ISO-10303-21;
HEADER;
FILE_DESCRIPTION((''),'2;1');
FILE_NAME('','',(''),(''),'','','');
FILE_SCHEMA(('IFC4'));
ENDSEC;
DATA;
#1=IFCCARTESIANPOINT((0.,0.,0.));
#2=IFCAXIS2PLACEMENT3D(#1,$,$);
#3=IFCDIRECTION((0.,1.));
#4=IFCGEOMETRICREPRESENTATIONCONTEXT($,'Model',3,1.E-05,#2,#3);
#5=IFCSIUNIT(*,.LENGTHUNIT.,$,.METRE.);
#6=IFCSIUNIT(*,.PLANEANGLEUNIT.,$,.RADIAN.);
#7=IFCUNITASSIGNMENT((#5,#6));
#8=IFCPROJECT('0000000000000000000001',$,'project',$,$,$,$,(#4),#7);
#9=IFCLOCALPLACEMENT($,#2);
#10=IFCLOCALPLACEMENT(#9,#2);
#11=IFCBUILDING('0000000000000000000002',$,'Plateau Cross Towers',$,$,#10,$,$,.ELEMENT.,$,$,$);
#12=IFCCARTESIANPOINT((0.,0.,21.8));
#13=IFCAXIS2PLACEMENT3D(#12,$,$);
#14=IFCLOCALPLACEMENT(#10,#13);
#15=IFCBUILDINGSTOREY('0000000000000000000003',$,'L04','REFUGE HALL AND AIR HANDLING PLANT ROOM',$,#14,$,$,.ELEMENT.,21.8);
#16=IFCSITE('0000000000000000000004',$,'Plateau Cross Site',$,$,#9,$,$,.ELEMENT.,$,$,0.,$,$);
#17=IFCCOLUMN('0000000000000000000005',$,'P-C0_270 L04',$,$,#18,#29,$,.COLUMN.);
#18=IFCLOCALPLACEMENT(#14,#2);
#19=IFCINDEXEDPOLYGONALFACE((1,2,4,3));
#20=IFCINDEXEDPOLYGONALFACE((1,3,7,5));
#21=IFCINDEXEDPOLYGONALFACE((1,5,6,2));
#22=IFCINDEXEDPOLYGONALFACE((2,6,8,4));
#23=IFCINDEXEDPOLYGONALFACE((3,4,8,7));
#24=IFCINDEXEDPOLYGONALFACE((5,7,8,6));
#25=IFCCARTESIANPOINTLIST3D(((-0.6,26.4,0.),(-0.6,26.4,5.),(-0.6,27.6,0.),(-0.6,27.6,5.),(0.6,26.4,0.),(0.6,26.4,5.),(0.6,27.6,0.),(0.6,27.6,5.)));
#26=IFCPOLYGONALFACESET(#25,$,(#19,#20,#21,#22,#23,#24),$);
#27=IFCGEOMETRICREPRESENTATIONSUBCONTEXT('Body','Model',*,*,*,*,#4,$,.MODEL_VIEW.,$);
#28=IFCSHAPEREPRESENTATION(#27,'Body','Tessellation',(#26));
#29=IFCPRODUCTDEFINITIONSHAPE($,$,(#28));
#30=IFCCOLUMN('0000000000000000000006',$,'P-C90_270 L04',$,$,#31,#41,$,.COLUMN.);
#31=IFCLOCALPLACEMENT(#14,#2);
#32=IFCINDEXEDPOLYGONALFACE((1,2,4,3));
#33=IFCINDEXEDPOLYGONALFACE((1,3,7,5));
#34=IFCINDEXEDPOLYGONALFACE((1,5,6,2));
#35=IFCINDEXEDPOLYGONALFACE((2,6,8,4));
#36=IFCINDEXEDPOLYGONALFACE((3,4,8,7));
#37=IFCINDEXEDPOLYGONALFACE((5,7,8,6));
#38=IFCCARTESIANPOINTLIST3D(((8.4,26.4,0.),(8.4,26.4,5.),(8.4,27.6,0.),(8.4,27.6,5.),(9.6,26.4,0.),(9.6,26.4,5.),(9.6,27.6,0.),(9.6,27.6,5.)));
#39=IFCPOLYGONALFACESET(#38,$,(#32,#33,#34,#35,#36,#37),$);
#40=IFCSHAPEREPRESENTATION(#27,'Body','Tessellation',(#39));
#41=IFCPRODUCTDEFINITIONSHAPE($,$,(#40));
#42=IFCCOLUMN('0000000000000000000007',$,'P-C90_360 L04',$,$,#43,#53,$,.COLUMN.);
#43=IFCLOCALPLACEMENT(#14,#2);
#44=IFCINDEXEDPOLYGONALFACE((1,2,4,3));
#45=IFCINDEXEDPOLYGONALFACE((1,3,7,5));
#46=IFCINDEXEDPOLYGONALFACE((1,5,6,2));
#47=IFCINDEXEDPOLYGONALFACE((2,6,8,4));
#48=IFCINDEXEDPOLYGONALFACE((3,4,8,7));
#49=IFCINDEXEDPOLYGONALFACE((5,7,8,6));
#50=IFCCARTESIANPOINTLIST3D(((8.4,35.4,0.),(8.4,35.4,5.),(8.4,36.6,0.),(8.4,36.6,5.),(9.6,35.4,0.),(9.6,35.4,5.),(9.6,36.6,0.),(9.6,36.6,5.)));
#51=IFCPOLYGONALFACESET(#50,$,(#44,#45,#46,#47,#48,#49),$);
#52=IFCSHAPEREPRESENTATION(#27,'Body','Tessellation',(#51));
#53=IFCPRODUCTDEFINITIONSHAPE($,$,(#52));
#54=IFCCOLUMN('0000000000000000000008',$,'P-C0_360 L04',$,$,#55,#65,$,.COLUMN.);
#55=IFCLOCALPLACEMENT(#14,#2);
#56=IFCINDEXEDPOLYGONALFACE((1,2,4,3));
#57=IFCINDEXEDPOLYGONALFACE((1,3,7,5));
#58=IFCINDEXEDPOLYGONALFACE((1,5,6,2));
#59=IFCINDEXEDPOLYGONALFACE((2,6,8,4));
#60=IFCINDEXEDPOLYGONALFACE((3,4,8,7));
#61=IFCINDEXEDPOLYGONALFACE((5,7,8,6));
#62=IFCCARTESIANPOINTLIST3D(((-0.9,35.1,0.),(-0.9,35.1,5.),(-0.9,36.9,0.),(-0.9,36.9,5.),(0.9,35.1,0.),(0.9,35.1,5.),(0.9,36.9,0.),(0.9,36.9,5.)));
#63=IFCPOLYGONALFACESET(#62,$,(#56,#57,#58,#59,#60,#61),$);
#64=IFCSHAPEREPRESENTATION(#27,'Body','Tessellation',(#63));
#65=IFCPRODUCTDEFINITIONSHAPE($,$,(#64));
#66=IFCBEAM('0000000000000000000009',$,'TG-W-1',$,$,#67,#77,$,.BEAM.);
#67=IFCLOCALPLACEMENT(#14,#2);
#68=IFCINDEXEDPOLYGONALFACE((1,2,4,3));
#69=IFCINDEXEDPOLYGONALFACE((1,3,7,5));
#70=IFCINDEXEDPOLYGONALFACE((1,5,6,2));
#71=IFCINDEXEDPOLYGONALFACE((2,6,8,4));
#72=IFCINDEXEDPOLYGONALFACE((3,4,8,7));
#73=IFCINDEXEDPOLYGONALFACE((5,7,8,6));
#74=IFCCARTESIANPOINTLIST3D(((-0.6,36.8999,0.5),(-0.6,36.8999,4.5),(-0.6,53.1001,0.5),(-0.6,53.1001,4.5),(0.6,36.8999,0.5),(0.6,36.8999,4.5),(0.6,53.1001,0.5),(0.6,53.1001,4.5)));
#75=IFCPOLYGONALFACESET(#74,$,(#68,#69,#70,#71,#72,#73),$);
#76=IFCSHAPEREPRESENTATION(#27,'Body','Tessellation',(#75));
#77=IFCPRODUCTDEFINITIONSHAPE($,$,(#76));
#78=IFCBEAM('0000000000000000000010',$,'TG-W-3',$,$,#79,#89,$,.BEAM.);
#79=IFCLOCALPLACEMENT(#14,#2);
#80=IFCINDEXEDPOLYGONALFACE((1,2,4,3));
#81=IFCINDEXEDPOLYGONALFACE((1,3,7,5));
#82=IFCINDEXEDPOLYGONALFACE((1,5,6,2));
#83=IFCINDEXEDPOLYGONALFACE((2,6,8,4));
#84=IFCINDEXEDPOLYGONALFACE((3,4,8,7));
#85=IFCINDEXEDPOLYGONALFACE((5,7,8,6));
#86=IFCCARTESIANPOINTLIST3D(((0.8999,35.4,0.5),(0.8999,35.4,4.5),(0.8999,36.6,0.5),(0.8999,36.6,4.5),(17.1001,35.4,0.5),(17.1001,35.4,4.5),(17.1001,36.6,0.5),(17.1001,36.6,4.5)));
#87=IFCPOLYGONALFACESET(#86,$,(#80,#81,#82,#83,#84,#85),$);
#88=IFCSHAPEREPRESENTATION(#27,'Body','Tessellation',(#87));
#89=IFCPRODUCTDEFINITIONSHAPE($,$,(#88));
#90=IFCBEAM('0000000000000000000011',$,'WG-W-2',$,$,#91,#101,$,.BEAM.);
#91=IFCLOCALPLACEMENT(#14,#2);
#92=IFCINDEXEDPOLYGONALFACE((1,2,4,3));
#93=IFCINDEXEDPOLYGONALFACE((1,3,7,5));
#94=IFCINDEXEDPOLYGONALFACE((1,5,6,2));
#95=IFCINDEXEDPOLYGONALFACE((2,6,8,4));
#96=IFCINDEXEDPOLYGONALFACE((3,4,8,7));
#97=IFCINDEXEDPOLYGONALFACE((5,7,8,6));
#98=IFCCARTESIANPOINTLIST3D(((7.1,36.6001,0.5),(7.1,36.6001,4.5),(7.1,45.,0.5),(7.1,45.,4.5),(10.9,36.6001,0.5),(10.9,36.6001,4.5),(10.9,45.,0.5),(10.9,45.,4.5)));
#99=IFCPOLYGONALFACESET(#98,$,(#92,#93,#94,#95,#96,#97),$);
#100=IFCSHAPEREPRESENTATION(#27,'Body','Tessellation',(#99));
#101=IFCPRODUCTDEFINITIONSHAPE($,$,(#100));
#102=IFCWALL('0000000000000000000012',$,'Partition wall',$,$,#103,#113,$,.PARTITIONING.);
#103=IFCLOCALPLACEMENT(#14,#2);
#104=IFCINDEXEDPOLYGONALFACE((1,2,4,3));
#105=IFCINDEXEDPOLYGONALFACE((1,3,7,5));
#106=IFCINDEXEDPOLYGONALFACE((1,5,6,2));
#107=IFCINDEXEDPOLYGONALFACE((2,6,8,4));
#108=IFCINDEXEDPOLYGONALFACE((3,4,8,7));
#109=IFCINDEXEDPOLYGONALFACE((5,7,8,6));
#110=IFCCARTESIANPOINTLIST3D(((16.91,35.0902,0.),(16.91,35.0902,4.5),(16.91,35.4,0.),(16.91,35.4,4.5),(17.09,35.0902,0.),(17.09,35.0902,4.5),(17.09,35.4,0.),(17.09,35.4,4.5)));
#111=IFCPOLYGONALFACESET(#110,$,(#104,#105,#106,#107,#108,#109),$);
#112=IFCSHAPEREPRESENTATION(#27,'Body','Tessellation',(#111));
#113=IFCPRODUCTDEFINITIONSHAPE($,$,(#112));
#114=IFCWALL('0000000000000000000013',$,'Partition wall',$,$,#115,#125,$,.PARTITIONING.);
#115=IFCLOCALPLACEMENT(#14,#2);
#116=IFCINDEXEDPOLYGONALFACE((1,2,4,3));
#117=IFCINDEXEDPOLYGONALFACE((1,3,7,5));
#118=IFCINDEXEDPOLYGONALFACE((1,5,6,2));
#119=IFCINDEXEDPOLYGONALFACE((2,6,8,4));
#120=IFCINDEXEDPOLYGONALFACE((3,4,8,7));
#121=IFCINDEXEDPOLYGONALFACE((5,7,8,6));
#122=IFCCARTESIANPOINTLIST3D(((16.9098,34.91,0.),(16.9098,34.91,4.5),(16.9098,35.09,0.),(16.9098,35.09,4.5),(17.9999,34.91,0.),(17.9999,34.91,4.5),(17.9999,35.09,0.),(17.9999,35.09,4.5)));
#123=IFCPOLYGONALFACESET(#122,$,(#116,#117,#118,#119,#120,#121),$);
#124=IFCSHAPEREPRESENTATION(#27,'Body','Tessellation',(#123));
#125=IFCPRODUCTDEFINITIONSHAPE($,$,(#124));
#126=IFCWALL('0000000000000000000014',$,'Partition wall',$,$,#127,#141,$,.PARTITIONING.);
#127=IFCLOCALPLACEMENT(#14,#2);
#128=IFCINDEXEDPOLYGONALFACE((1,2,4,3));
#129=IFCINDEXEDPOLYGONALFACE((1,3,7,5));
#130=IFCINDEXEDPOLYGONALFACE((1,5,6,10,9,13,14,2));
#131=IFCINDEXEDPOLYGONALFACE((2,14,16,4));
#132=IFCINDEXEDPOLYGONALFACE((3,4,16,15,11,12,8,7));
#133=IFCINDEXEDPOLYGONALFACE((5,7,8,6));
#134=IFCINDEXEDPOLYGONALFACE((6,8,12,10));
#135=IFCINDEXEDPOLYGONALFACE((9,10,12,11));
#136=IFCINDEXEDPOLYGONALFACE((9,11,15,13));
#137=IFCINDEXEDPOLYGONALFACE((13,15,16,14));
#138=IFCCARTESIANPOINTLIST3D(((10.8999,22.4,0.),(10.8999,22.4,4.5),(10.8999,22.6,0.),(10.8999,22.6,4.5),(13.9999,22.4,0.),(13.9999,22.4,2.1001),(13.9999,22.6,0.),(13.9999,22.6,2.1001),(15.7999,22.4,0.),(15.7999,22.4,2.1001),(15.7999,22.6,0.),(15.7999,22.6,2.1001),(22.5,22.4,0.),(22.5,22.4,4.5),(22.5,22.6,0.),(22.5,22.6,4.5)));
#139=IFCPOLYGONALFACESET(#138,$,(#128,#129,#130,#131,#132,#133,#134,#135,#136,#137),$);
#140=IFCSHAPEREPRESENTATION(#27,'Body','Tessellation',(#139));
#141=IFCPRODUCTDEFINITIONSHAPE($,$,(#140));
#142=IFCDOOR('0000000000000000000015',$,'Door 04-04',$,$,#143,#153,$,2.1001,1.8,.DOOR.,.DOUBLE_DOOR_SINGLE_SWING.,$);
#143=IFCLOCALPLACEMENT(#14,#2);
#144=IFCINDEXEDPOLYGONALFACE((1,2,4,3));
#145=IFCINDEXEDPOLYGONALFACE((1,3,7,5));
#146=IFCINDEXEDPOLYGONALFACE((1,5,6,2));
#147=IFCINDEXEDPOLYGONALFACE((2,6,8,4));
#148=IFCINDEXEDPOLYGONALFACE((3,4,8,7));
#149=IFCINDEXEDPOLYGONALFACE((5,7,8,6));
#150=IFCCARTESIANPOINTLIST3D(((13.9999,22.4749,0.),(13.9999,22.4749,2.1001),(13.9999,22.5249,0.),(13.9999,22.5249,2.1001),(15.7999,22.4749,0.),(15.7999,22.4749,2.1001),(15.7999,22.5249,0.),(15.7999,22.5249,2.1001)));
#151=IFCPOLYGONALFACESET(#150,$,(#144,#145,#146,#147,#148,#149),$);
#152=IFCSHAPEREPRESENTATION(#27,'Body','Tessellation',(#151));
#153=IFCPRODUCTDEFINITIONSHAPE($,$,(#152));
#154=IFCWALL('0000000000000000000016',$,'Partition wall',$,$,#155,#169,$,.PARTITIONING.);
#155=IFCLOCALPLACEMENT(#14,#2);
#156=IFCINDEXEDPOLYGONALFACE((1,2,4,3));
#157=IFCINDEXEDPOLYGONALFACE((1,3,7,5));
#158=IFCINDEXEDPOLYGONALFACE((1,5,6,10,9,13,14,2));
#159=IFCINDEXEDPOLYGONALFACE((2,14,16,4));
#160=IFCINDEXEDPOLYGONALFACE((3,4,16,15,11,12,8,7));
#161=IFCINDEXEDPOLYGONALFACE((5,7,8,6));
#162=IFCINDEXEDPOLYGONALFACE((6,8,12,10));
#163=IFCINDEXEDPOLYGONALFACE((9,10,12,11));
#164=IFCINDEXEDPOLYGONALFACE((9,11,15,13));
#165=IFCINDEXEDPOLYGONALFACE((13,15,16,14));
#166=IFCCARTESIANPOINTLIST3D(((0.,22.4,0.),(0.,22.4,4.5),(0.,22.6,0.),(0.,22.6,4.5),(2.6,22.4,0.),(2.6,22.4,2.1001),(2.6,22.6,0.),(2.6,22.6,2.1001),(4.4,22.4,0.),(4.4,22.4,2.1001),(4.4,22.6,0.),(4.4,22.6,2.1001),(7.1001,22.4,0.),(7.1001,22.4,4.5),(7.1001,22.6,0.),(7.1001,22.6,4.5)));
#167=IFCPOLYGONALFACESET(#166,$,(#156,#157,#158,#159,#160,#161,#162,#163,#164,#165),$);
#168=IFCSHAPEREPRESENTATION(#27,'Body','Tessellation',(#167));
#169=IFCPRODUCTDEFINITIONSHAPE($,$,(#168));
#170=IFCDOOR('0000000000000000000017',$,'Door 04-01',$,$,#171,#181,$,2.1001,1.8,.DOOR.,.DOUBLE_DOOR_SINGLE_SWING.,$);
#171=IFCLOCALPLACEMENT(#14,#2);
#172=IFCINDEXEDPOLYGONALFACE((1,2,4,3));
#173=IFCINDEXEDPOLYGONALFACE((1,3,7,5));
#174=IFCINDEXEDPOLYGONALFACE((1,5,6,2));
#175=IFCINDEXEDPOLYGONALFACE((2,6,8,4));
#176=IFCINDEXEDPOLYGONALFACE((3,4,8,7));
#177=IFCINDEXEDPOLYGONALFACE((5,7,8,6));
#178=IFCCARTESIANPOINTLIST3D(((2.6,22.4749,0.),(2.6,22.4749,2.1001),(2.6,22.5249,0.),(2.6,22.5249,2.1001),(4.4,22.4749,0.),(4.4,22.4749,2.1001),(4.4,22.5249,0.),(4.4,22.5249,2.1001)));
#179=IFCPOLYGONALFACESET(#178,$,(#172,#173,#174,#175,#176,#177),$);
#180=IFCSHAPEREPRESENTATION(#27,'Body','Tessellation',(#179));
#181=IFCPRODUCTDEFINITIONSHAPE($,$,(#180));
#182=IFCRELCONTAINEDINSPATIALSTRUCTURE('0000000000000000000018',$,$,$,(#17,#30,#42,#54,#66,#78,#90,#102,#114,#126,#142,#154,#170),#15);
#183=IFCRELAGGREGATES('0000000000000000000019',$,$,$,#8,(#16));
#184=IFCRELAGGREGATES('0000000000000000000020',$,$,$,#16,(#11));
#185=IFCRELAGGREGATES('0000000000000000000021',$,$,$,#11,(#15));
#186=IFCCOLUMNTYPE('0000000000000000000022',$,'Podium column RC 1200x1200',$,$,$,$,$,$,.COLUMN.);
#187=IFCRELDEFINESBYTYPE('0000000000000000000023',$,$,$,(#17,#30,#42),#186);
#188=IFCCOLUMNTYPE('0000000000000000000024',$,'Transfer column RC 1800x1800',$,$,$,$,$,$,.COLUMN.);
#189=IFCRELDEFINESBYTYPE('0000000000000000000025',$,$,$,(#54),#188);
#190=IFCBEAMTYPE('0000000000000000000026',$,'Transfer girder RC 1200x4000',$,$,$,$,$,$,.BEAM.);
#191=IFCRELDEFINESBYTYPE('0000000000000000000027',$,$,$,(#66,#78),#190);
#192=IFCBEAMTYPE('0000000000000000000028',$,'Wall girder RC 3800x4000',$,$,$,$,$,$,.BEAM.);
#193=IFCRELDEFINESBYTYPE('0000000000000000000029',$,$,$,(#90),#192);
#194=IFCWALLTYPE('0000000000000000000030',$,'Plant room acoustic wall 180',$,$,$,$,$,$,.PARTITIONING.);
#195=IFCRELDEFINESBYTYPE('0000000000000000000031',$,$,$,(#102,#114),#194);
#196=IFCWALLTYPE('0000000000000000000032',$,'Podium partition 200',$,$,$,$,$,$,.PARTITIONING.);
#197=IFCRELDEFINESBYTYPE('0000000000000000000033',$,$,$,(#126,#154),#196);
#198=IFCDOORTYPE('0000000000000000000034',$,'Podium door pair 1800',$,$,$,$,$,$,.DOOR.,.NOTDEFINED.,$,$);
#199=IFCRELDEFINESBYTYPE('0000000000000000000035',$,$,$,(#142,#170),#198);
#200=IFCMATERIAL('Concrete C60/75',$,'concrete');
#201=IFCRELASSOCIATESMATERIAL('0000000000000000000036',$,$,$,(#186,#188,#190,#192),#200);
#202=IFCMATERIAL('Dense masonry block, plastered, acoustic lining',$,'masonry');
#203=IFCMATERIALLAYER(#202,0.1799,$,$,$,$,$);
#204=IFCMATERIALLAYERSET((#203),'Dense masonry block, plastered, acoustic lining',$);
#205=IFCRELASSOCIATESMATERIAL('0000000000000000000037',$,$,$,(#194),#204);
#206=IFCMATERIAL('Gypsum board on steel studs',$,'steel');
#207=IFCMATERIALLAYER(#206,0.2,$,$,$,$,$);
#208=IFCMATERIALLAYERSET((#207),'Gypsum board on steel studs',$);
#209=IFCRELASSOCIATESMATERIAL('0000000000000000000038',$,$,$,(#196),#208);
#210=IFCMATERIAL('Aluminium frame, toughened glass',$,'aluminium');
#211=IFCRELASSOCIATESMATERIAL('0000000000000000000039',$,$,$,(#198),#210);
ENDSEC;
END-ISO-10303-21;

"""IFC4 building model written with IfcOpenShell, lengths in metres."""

from ifc_helpers import new_model, si_unit, direction, frame, frame_2d, origin, origin_2d, place, context, subcontext, project, spatial, rectangle, extrude, material, layer, layer_set, material_profile, profile_set, type_object, element, fill, save


model = new_model("IFC4")

# Units and contexts
model_context = context("Model", 3, precision=1e-05, world=origin(), true_north=direction((0.0, 1.0)))
body_context = subcontext(model_context, "Body", "Model", "MODEL_VIEW")
ifc_project = project(units=[si_unit("LENGTHUNIT", "METRE"), si_unit("PLANEANGLEUNIT", "RADIAN")], contexts=[model_context])

# Site, building, storey
site_placement = place(None, origin())
site = spatial("IfcSite", under=ifc_project, at=site_placement, Name="Plateau Cross Site", CompositionType="ELEMENT", RefElevation=0.0)
building_placement = place(site_placement, origin())
building = spatial("IfcBuilding", under=site, at=building_placement, Name="Plateau Cross Towers", CompositionType="ELEMENT")
storey_placement = place(building_placement, frame((0.0, 0.0, 21.8)))
storey = spatial("IfcBuildingStorey", under=building, at=storey_placement, Name="L04", Description="REFUGE HALL AND AIR HANDLING PLANT ROOM", CompositionType="ELEMENT", Elevation=21.8)

# Columns
ifc_material_1 = material(Name="Concrete C60/75", Category="concrete")
ifc_material_profile_1 = material_profile(ifc_material_1, rectangle(XDim=1.2, YDim=1.2, at=origin_2d()), Name="RC 1200x1200")
ifc_profile_set_1 = profile_set([ifc_material_profile_1], Name="Concrete C60/75")
column_type_1 = type_object("IfcColumnType", Name="Podium column RC 1200x1200", PredefinedType="COLUMN", material=ifc_profile_set_1)
for number, where, z_axis, x_axis, name in (
    (1, (0.0, 27.0, 0.0), (0.0, 0.0, 1.0), (1.0, 0.0, 0.0), "P-C0_270 L04"),
    (2, (9.0, 27.0, 0.0), (0.0, 0.0, 1.0), (1.0, 0.0, 0.0), "P-C90_270 L04"),
    (3, (9.0, 36.0, 0.0), (0.0, 0.0, 1.0), (1.0, 0.0, 0.0), "P-C90_360 L04"),
):
    element("IfcColumn", number, at=place(storey_placement, frame(where, z_axis=z_axis, x_axis=x_axis)), inside=storey, type_object=column_type_1, Name=name, PredefinedType="COLUMN", context=body_context, shape_type="SweptSolid", body=[
        extrude(rectangle(XDim=1.2, YDim=1.2, at=origin_2d()), origin(), (0.0, 0.0, 1.0), 5.0),
    ])
ifc_material_profile_2 = material_profile(ifc_material_1, rectangle(XDim=1.8, YDim=1.8, at=origin_2d()), Name="RC 1800x1800")
ifc_profile_set_2 = profile_set([ifc_material_profile_2], Name="Concrete C60/75")
column_type_2 = type_object("IfcColumnType", Name="Transfer column RC 1800x1800", PredefinedType="COLUMN", material=ifc_profile_set_2)
column_placement = place(storey_placement, frame((0.0, 36.0, 0.0), z_axis=(0.0, 0.0, 1.0), x_axis=(1.0, 0.0, 0.0)))
element("IfcColumn", 4, at=column_placement, inside=storey, type_object=column_type_2, Name="P-C0_360 L04", PredefinedType="COLUMN", context=body_context, shape_type="SweptSolid", body=[
    extrude(rectangle(XDim=1.8, YDim=1.8, at=origin_2d()), origin(), (0.0, 0.0, 1.0), 5.0),
])

# Beams
ifc_material_profile_3 = material_profile(ifc_material_1, rectangle(XDim=1.2, YDim=4.0, at=origin_2d()), Name="RC 1200x4000")
ifc_profile_set_3 = profile_set([ifc_material_profile_3], Name="Concrete C60/75")
beam_type_1 = type_object("IfcBeamType", Name="Transfer girder RC 1200x4000", PredefinedType="BEAM", material=ifc_profile_set_3)
for number, where, z_axis, x_axis, name in (
    (5, (0.0, 36.8999, 2.5), (0.0, 1.0, 0.0), (-1.0, 0.0, 0.0), "TG-W-1"),
    (6, (0.8999, 36.0, 2.5), (1.0, 0.0, 0.0), (0.0, 1.0, 0.0), "TG-W-3"),
):
    element("IfcBeam", number, at=place(storey_placement, frame(where, z_axis=z_axis, x_axis=x_axis)), inside=storey, type_object=beam_type_1, Name=name, PredefinedType="BEAM", context=body_context, shape_type="SweptSolid", body=[
        extrude(rectangle(XDim=1.2, YDim=4.0, at=origin_2d()), origin(), (0.0, 0.0, 1.0), 16.2002),
    ])
ifc_material_profile_4 = material_profile(ifc_material_1, rectangle(XDim=3.8, YDim=4.0, at=origin_2d()), Name="RC 3800x4000")
ifc_profile_set_4 = profile_set([ifc_material_profile_4], Name="Concrete C60/75")
beam_type_2 = type_object("IfcBeamType", Name="Wall girder RC 3800x4000", PredefinedType="BEAM", material=ifc_profile_set_4)
beam_placement = place(storey_placement, frame((9.0, 36.6001, 2.5), z_axis=(0.0, 1.0, 0.0), x_axis=(-1.0, 0.0, 0.0)))
element("IfcBeam", 7, at=beam_placement, inside=storey, type_object=beam_type_2, Name="WG-W-2", PredefinedType="BEAM", context=body_context, shape_type="SweptSolid", body=[
    extrude(rectangle(XDim=3.8, YDim=4.0, at=origin_2d()), origin(), (0.0, 0.0, 1.0), 8.3999),
])

# Walls
ifc_material_2 = material(Name="Dense masonry block, plastered, acoustic lining", Category="masonry")
ifc_layer_1 = layer(ifc_material_2, 0.1799)
ifc_layer_set_1 = layer_set([ifc_layer_1], Name="Dense masonry block, plastered, acoustic lining")
wall_type_1 = type_object("IfcWallType", Name="Plant room acoustic wall 180", PredefinedType="PARTITIONING", material=ifc_layer_set_1)
wall_1_placement = place(storey_placement, frame((17.0, 35.3999, 0.0), z_axis=(0.0, 0.0, 1.0), x_axis=(0.0, -1.0, 0.0)))
element("IfcWall", 8, at=wall_1_placement, inside=storey, type_object=wall_type_1, Name="Partition wall", PredefinedType="PARTITIONING", context=body_context, shape_type="SweptSolid", body=[
    extrude(rectangle(XDim=0.3098, YDim=0.1799, at=frame_2d((0.1548, 0.0))), origin(), (0.0, 0.0, 1.0), 4.5),
])
wall_2_placement = place(storey_placement, frame((16.9099, 35.0, 0.0), z_axis=(0.0, 0.0, 1.0), x_axis=(1.0, 0.0, 0.0)))
element("IfcWall", 9, at=wall_2_placement, inside=storey, type_object=wall_type_1, Name="Partition wall", PredefinedType="PARTITIONING", context=body_context, shape_type="SweptSolid", body=[
    extrude(rectangle(XDim=1.0901, YDim=0.1799, at=frame_2d((0.5449, 0.0))), origin(), (0.0, 0.0, 1.0), 4.5),
])

# Walls, openings, doors
ifc_material_3 = material(Name="Gypsum board on steel studs", Category="steel")
ifc_layer_2 = layer(ifc_material_3, 0.2)
ifc_layer_set_2 = layer_set([ifc_layer_2], Name="Gypsum board on steel studs")
wall_type_2 = type_object("IfcWallType", Name="Podium partition 200", PredefinedType="PARTITIONING", material=ifc_layer_set_2)
wall_3_placement = place(storey_placement, frame((10.8999, 22.5, 0.0), z_axis=(0.0, 0.0, 1.0), x_axis=(1.0, 0.0, 0.0)))
wall_3 = element("IfcWall", 10, at=wall_3_placement, inside=storey, type_object=wall_type_2, Name="Partition wall", PredefinedType="PARTITIONING", context=body_context, shape_type="SweptSolid", body=[
    extrude(rectangle(XDim=11.6001, YDim=0.2, at=frame_2d((5.8, 0.0))), origin(), (0.0, 0.0, 1.0), 4.5),
])
opening_1_placement = place(wall_3_placement, frame((3.1001, 0.0, 0.0)))
opening_1 = element("IfcOpeningElement", 11, at=opening_1_placement, cuts=wall_3, PredefinedType="OPENING", context=body_context, shape_type="SweptSolid", body=[
    extrude(rectangle(XDim=1.8, YDim=2.1001, at=frame_2d((0.8999, 1.05))), frame((0.0, 0.1099, 0.0), z_axis=(0.0, -1.0, 0.0), x_axis=(1.0, 0.0, 0.0)), (0.0, 0.0, 1.0), 0.22),
])
ifc_material_4 = material(Name="Aluminium frame, toughened glass", Category="aluminium")
door_type_1 = type_object("IfcDoorType", Name="Podium door pair 1800", OperationType="NOTDEFINED", PredefinedType="DOOR", material=ifc_material_4)
door_1_placement = place(opening_1_placement, origin())
door_1 = element("IfcDoor", 12, at=door_1_placement, inside=storey, type_object=door_type_1, Name="Door 04-04", OperationType="DOUBLE_DOOR_SINGLE_SWING", OverallHeight=2.1001, OverallWidth=1.8, PredefinedType="DOOR", context=body_context, shape_type="SweptSolid", body=[
    extrude(rectangle(XDim=1.8, YDim=2.1001, at=frame_2d((0.8999, 1.05))), frame((0.0, 0.0249, 0.0), z_axis=(0.0, -1.0, 0.0), x_axis=(1.0, 0.0, 0.0)), (0.0, 0.0, 1.0), 0.05),
])
fill(opening_1, door_1)
wall_4_placement = place(storey_placement, frame((0.0, 22.5, 0.0), z_axis=(0.0, 0.0, 1.0), x_axis=(1.0, 0.0, 0.0)))
wall_4 = element("IfcWall", 13, at=wall_4_placement, inside=storey, type_object=wall_type_2, Name="Partition wall", PredefinedType="PARTITIONING", context=body_context, shape_type="SweptSolid", body=[
    extrude(rectangle(XDim=7.1001, YDim=0.2, at=frame_2d((3.55, 0.0))), origin(), (0.0, 0.0, 1.0), 4.5),
])
opening_2_placement = place(wall_4_placement, frame((2.6001, 0.0, 0.0)))
opening_2 = element("IfcOpeningElement", 14, at=opening_2_placement, cuts=wall_4, PredefinedType="OPENING", context=body_context, shape_type="SweptSolid", body=[
    extrude(rectangle(XDim=1.8, YDim=2.1001, at=frame_2d((0.8999, 1.05))), frame((0.0, 0.1099, 0.0), z_axis=(0.0, -1.0, 0.0), x_axis=(1.0, 0.0, 0.0)), (0.0, 0.0, 1.0), 0.22),
])
door_2_placement = place(opening_2_placement, origin())
door_2 = element("IfcDoor", 15, at=door_2_placement, inside=storey, type_object=door_type_1, Name="Door 04-01", OperationType="DOUBLE_DOOR_SINGLE_SWING", OverallHeight=2.1001, OverallWidth=1.8, PredefinedType="DOOR", context=body_context, shape_type="SweptSolid", body=[
    extrude(rectangle(XDim=1.8, YDim=2.1001, at=frame_2d((0.8999, 1.05))), frame((0.0, 0.0249, 0.0), z_axis=(0.0, -1.0, 0.0), x_axis=(1.0, 0.0, 0.0)), (0.0, 0.0, 1.0), 0.05),
])
fill(opening_2, door_2)

save(model, "model.ifc")
